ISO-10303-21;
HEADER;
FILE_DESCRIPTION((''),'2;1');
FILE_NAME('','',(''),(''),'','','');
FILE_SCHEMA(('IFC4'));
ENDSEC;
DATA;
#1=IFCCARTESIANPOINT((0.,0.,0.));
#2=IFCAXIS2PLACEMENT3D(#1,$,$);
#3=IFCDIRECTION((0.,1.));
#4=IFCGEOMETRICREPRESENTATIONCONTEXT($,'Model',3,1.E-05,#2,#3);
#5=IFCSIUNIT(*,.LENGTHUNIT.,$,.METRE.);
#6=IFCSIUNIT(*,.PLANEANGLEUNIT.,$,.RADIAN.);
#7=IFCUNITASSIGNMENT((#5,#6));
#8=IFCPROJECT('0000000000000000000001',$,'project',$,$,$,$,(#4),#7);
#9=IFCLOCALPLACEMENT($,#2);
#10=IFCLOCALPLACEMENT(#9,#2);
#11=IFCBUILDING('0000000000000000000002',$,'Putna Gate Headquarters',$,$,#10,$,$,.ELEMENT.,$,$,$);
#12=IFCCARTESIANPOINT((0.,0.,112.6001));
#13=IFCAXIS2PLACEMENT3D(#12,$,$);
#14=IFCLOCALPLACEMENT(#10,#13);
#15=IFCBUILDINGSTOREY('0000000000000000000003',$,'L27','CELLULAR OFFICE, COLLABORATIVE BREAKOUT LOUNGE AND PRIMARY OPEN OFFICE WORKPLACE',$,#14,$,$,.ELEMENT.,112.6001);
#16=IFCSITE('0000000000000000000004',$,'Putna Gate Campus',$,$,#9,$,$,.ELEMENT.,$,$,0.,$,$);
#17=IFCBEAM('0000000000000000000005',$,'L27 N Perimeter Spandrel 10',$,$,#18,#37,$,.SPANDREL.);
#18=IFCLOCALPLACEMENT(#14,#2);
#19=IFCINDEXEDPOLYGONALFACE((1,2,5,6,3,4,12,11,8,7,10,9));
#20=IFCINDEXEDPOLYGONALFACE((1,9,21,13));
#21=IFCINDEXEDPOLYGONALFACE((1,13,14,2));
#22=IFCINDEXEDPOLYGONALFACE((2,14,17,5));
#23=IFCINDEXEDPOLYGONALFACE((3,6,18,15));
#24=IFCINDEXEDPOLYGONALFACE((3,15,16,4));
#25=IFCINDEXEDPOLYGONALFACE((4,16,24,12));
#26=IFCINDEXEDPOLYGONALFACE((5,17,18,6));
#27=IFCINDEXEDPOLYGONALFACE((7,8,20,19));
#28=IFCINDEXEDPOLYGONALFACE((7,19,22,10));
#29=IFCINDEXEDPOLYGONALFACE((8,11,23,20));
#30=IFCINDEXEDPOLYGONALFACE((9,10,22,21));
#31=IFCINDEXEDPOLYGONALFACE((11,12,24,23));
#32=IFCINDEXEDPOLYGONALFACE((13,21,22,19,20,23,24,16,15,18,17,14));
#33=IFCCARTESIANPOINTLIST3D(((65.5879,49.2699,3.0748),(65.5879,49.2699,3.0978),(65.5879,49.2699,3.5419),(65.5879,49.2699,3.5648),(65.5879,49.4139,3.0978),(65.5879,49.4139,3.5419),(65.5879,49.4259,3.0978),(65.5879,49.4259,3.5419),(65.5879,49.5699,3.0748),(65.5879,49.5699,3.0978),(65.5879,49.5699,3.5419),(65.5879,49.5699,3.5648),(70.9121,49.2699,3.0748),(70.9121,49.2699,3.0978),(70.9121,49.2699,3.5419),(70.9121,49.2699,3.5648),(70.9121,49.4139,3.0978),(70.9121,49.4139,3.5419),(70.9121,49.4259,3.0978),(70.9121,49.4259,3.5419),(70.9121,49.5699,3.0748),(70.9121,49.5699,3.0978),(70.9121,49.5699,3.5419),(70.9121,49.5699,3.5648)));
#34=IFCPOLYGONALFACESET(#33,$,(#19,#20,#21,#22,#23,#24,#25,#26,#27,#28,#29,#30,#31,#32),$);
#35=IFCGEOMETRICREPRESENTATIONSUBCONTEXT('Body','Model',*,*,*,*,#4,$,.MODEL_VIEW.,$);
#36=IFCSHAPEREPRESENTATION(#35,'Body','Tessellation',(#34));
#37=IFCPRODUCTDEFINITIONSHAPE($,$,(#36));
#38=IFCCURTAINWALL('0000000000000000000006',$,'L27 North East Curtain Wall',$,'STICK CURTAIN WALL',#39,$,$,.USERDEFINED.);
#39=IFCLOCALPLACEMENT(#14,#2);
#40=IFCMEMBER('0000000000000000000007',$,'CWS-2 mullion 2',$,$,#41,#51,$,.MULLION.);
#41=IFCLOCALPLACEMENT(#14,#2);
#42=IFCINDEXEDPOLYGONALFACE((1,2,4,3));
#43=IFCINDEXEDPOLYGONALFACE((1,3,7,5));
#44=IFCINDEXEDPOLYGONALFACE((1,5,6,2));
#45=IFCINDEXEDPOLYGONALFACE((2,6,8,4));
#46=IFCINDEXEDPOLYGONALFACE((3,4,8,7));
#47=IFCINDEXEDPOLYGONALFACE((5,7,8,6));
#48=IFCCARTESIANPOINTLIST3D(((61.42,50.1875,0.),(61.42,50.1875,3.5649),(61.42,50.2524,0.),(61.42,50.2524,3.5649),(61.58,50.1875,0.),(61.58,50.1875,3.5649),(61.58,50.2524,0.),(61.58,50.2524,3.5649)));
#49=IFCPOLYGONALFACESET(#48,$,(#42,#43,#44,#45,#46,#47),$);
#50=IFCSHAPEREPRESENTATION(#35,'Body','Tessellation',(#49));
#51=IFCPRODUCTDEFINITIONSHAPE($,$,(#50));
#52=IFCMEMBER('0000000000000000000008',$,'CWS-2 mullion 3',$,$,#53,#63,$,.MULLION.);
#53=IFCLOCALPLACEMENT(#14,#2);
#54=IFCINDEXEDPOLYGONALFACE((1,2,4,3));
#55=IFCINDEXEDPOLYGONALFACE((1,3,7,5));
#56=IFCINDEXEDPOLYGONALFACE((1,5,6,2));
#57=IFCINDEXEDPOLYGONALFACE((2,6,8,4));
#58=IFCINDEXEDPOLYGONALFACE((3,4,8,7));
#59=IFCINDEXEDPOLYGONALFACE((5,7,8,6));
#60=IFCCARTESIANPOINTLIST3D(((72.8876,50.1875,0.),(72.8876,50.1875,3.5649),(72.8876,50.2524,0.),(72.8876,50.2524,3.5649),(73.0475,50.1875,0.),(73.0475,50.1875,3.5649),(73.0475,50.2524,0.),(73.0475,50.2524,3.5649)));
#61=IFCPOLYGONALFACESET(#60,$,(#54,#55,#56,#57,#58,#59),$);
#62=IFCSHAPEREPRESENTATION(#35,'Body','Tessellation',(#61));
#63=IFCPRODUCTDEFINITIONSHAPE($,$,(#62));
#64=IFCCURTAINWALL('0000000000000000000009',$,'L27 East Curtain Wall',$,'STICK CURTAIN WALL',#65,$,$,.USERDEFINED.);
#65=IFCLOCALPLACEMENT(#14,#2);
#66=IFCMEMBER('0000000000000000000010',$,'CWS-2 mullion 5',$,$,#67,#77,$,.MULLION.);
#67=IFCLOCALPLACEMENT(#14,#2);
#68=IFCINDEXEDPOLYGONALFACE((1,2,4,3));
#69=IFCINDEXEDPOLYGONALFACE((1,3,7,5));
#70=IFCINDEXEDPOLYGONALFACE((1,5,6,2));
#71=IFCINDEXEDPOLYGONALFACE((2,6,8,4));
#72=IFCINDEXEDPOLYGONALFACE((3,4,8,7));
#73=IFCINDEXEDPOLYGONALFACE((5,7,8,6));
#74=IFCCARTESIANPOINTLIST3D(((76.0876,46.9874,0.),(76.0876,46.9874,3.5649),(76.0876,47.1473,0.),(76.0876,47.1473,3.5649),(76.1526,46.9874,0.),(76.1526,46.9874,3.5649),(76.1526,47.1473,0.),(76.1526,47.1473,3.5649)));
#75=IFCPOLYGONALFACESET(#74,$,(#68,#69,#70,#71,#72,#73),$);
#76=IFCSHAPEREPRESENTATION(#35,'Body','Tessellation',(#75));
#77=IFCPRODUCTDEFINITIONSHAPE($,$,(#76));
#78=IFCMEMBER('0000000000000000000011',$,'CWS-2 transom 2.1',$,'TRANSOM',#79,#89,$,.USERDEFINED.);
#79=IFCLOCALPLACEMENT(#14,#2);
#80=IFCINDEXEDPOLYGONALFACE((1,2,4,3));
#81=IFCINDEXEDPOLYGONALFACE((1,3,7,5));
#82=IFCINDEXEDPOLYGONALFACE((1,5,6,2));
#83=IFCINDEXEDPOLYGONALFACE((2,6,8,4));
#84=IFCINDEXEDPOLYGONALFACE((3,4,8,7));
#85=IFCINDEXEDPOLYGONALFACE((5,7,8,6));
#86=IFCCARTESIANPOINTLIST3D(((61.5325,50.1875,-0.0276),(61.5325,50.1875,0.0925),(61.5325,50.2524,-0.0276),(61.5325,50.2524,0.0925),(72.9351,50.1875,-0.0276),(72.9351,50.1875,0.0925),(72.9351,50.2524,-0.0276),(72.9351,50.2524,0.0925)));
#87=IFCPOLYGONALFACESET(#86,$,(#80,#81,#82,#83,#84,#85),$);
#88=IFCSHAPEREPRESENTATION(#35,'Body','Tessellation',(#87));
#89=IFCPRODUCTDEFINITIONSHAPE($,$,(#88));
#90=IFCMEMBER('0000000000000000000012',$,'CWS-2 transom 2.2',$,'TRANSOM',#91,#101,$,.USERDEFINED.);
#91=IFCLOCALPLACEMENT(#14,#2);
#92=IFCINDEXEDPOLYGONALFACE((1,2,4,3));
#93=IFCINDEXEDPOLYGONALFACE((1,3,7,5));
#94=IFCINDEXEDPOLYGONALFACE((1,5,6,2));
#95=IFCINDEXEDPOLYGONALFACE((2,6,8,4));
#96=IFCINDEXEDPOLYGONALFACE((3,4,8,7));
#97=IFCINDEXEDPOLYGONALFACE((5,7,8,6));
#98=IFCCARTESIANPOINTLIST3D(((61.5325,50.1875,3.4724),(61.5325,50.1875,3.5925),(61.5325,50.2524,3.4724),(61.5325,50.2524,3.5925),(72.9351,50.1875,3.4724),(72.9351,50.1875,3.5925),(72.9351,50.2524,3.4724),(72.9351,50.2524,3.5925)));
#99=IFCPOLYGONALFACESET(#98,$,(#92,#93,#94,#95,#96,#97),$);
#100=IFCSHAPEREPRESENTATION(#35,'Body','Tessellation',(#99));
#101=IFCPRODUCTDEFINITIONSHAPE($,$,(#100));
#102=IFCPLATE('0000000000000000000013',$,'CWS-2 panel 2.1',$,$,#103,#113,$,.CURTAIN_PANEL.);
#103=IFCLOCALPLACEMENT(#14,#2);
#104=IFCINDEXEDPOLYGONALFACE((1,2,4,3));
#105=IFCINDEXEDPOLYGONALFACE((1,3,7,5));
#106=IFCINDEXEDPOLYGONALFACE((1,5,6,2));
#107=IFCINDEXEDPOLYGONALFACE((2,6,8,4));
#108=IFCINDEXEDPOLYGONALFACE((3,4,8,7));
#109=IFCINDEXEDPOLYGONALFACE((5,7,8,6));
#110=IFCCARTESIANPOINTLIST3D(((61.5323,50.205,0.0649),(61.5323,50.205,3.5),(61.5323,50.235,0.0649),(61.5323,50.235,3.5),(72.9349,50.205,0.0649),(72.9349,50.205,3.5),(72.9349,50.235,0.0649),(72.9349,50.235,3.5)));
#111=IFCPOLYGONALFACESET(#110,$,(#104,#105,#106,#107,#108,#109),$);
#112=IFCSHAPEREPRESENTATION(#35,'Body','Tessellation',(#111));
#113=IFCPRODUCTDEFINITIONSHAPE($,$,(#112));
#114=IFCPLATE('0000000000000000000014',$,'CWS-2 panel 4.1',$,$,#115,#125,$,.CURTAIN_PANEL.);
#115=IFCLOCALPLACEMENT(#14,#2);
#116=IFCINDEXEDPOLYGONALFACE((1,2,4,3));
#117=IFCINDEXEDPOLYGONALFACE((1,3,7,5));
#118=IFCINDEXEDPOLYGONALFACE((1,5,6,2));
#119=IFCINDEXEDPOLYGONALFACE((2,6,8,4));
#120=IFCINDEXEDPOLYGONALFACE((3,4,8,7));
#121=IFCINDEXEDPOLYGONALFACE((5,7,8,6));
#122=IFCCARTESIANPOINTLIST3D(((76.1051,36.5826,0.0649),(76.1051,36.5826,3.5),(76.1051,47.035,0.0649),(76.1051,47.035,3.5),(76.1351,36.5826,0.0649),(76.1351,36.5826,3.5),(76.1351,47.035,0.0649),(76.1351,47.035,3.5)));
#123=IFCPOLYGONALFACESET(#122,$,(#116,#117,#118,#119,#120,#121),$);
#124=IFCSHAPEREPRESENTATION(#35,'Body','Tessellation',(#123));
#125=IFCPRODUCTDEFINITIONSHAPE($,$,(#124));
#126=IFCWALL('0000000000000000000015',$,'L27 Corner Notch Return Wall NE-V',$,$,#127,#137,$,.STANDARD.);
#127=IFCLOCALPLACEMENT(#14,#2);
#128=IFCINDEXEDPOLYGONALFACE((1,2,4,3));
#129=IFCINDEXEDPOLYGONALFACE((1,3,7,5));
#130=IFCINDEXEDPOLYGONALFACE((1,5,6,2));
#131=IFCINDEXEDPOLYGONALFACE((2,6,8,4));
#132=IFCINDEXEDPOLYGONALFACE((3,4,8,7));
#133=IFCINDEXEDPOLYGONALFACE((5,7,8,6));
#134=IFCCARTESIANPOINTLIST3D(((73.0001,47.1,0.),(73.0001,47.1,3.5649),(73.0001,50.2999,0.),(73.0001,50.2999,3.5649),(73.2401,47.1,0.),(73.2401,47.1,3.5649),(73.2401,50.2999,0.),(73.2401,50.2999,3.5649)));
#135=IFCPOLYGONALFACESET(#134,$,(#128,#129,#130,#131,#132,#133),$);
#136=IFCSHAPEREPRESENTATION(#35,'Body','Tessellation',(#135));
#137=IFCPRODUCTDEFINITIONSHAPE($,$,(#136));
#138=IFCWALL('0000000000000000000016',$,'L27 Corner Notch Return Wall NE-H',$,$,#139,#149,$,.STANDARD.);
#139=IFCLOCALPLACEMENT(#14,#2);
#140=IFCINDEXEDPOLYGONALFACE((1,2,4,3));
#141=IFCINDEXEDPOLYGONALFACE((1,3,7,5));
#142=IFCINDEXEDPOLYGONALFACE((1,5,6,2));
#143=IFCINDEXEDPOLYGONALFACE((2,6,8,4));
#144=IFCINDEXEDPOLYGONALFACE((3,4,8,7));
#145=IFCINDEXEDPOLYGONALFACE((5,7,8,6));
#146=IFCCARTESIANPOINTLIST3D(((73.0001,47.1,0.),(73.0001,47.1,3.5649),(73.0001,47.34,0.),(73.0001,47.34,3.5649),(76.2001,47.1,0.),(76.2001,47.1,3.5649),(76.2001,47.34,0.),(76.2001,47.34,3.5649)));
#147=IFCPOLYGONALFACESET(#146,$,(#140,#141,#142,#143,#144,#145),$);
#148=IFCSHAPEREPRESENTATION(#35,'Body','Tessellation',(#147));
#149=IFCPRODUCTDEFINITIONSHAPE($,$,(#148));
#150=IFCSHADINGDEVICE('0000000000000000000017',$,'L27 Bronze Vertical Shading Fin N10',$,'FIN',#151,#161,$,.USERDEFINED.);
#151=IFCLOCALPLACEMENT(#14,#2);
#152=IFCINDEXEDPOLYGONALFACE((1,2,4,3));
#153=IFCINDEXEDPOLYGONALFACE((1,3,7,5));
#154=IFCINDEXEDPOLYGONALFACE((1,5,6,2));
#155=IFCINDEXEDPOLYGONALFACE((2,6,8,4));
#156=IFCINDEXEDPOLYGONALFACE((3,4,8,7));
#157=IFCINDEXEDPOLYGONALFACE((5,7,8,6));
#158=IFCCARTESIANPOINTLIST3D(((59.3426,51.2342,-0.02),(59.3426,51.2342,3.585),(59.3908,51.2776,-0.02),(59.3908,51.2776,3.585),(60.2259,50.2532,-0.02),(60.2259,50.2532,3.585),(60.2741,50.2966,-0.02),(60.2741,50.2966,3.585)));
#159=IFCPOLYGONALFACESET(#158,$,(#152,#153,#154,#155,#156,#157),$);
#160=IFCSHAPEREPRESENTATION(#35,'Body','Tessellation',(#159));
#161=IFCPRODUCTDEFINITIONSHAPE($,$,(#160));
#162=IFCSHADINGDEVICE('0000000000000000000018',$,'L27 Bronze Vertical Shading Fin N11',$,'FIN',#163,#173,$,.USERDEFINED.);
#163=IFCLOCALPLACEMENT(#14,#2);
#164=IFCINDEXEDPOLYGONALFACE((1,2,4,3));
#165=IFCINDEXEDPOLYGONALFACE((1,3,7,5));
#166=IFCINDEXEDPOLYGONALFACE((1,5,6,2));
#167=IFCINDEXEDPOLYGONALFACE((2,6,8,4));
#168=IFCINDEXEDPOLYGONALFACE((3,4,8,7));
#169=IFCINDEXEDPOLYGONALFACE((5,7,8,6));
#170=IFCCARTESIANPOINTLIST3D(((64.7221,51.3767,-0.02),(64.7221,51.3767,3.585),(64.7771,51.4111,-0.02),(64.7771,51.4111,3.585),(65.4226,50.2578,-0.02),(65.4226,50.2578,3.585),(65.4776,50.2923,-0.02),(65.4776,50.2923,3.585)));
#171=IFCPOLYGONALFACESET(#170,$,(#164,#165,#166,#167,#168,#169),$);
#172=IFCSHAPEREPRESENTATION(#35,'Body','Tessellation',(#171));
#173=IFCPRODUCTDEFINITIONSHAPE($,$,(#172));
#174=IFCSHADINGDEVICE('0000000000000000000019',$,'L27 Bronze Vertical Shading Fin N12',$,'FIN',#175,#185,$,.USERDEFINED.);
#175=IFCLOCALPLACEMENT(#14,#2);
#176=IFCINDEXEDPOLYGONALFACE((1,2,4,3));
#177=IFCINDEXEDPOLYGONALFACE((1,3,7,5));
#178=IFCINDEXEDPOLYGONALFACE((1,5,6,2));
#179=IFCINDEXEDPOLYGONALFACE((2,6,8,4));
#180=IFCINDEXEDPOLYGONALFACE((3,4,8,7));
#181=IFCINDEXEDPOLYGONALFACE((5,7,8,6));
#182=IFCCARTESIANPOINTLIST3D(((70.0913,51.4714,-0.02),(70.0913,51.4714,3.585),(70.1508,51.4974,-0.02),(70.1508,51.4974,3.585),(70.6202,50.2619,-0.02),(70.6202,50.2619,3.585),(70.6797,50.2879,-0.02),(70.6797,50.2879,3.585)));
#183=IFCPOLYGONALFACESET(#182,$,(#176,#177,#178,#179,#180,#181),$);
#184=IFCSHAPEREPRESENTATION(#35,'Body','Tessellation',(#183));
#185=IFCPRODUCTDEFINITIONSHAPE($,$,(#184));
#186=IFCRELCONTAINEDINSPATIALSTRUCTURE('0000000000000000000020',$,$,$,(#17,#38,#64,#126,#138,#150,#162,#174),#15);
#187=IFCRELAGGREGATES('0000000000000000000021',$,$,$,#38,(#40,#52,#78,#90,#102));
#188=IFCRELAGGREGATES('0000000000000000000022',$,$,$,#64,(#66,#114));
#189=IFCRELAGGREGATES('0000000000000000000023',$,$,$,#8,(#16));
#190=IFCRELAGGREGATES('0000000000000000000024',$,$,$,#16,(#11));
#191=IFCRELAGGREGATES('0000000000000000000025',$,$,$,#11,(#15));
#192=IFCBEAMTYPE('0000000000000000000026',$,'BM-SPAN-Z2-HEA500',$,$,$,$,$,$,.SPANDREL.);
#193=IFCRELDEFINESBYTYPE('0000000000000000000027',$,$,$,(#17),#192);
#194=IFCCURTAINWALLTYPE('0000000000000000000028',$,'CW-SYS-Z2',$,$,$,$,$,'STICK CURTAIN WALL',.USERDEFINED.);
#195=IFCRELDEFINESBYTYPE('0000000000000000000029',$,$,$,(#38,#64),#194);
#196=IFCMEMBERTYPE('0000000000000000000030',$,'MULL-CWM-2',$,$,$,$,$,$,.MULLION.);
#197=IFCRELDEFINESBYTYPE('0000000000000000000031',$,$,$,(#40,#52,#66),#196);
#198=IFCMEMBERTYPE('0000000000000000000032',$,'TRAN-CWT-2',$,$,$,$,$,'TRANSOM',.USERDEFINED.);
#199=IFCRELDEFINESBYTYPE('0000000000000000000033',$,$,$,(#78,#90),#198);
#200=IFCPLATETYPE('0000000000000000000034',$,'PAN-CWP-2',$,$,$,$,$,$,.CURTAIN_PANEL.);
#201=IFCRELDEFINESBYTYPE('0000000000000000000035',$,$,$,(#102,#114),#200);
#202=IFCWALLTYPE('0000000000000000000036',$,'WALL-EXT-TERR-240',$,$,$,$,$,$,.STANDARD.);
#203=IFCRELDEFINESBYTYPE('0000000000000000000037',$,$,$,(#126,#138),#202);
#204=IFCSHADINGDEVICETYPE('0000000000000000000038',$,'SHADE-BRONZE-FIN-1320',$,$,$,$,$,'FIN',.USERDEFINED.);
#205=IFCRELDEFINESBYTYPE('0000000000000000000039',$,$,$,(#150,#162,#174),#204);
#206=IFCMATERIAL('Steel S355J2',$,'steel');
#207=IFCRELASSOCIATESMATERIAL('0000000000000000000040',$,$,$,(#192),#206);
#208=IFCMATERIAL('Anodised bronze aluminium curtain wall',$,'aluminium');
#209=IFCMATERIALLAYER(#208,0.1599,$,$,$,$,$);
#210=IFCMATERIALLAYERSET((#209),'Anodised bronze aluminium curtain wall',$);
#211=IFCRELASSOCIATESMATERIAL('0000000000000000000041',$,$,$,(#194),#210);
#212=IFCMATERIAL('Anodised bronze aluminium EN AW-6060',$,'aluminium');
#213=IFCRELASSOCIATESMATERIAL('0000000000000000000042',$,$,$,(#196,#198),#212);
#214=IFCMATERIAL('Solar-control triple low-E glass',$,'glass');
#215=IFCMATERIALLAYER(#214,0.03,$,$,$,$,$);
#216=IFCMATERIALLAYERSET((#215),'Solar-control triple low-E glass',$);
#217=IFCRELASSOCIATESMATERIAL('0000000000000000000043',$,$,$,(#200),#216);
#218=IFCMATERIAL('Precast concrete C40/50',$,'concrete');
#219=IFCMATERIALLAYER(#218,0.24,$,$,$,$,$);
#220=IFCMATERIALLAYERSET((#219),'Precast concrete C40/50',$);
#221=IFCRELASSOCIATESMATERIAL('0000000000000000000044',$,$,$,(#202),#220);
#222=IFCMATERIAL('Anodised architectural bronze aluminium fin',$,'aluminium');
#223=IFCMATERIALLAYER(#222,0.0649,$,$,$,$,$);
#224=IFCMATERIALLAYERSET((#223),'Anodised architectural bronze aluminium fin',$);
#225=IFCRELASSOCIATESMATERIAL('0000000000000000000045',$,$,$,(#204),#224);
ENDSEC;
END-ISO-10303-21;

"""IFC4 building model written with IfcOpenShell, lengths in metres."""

from ifc_helpers import new_model, si_unit, direction, frame, frame_2d, origin, origin_2d, place, context, subcontext, project, spatial, rectangle, i_section, extrude, material, layer, layer_set, material_profile, profile_set, type_object, element, aggregate, save


model = new_model("IFC4")

# Units and contexts
model_context = context("Model", 3, precision=1e-05, world=origin(), true_north=direction((0.0, 1.0)))
body_context = subcontext(model_context, "Body", "Model", "MODEL_VIEW")
ifc_project = project(units=[si_unit("LENGTHUNIT", "METRE"), si_unit("PLANEANGLEUNIT", "RADIAN")], contexts=[model_context])

# Site, building, storey
site_placement = place(None, origin())
site = spatial("IfcSite", under=ifc_project, at=site_placement, Name="Putna Gate Campus", CompositionType="ELEMENT", RefElevation=0.0)
building_placement = place(site_placement, origin())
building = spatial("IfcBuilding", under=site, at=building_placement, Name="Putna Gate Headquarters", CompositionType="ELEMENT")
storey_placement = place(building_placement, frame((0.0, 0.0, 112.6001)))
storey = spatial("IfcBuildingStorey", under=building, at=storey_placement, Name="L27", Description="CELLULAR OFFICE, COLLABORATIVE BREAKOUT LOUNGE AND PRIMARY OPEN OFFICE WORKPLACE", CompositionType="ELEMENT", Elevation=112.6001)

# Beam
ifc_material_1 = material(Name="Steel S355J2", Category="steel")
ifc_material_profile_1 = material_profile(ifc_material_1, i_section(OverallWidth=0.3, OverallDepth=0.49, WebThickness=0.012, FlangeThickness=0.0229, at=origin_2d()), Name="Steel S355J2")
ifc_profile_set_1 = profile_set([ifc_material_profile_1], Name="Steel S355J2")
beam_type_1 = type_object("IfcBeamType", Name="BM-SPAN-Z2-HEA500", PredefinedType="SPANDREL", material=ifc_profile_set_1)
for number, where, z_axis, x_axis, name in (
    (1, (65.5879, 49.4199, 3.3198), (1.0, 0.0, 0.0), (0.0, 1.0, 0.0), "L27 N Perimeter Spandrel 10"),
):
    element("IfcBeam", number, at=place(storey_placement, frame(where, z_axis=z_axis, x_axis=x_axis)), inside=storey, type_object=beam_type_1, Name=name, PredefinedType="SPANDREL", context=body_context, shape_type="SweptSolid", body=[
        extrude(i_section(OverallWidth=0.3, OverallDepth=0.49, WebThickness=0.012, FlangeThickness=0.0229, at=origin_2d()), origin(), (0.0, 0.0, 1.0), 5.3242),
    ])

# Curtain wall, members
ifc_material_2 = material(Name="Anodised bronze aluminium curtain wall", Category="aluminium")
ifc_layer_1 = layer(ifc_material_2, 0.1599)
ifc_layer_set_1 = layer_set([ifc_layer_1], Name="Anodised bronze aluminium curtain wall")
curtain_wall_type = type_object("IfcCurtainWallType", Name="CW-SYS-Z2", ElementType="STICK CURTAIN WALL", PredefinedType="USERDEFINED", material=ifc_layer_set_1)
curtain_wall_1_placement = place(storey_placement, origin())
curtain_wall_1 = element("IfcCurtainWall", 2, at=curtain_wall_1_placement, inside=storey, type_object=curtain_wall_type, Name="L27 North East Curtain Wall", ObjectType="STICK CURTAIN WALL", PredefinedType="USERDEFINED")
ifc_material_3 = material(Name="Anodised bronze aluminium EN AW-6060", Category="aluminium")
ifc_material_profile_2 = material_profile(ifc_material_3, rectangle(XDim=0.0649, YDim=0.1599, at=origin_2d()), Name="Anodised bronze aluminium EN AW-6060")
ifc_profile_set_2 = profile_set([ifc_material_profile_2], Name="Anodised bronze aluminium EN AW-6060")
member_type_1 = type_object("IfcMemberType", Name="MULL-CWM-2", PredefinedType="MULLION", material=ifc_profile_set_2)
member_1_placement = place(storey_placement, frame((61.5, 50.22, 0.0), z_axis=(0.0, 0.0, 1.0), x_axis=(0.0, 1.0, 0.0)))
member_1 = element("IfcMember", 3, at=member_1_placement, type_object=member_type_1, Name="CWS-2 mullion 2", PredefinedType="MULLION", context=body_context, shape_type="SweptSolid", body=[
    extrude(rectangle(XDim=0.0649, YDim=0.1599, at=origin_2d()), origin(), (0.0, 0.0, 1.0), 3.5649),
])
member_2_placement = place(storey_placement, frame((72.9675, 50.22, 0.0), z_axis=(0.0, 0.0, 1.0), x_axis=(0.0, 1.0, 0.0)))
member_2 = element("IfcMember", 4, at=member_2_placement, type_object=member_type_1, Name="CWS-2 mullion 3", PredefinedType="MULLION", context=body_context, shape_type="SweptSolid", body=[
    extrude(rectangle(XDim=0.0649, YDim=0.1599, at=origin_2d()), origin(), (0.0, 0.0, 1.0), 3.5649),
])

# Curtain wall, member
curtain_wall_2_placement = place(storey_placement, origin())
curtain_wall_2 = element("IfcCurtainWall", 5, at=curtain_wall_2_placement, inside=storey, type_object=curtain_wall_type, Name="L27 East Curtain Wall", ObjectType="STICK CURTAIN WALL", PredefinedType="USERDEFINED")
member_3_placement = place(storey_placement, frame((76.1201, 47.0674, 0.0), z_axis=(0.0, 0.0, 1.0), x_axis=(-1.0, 0.0, 0.0)))
member_3 = element("IfcMember", 6, at=member_3_placement, type_object=member_type_1, Name="CWS-2 mullion 5", PredefinedType="MULLION", context=body_context, shape_type="SweptSolid", body=[
    extrude(rectangle(XDim=0.0649, YDim=0.1599, at=origin_2d()), origin(), (0.0, 0.0, 1.0), 3.5649),
])

# Members
ifc_material_profile_3 = material_profile(ifc_material_3, rectangle(XDim=0.0649, YDim=0.1201, at=origin_2d()), Name="Anodised bronze aluminium EN AW-6060")
ifc_profile_set_3 = profile_set([ifc_material_profile_3], Name="Anodised bronze aluminium EN AW-6060")
member_type_2 = type_object("IfcMemberType", Name="TRAN-CWT-2", ElementType="TRANSOM", PredefinedType="USERDEFINED", material=ifc_profile_set_3)
member_4_placement = place(storey_placement, frame((61.5325, 50.22, 0.0325), z_axis=(1.0, 0.0, 0.0), x_axis=(0.0, 1.0, 0.0)))
member_4 = element("IfcMember", 7, at=member_4_placement, type_object=member_type_2, Name="CWS-2 transom 2.1", ObjectType="TRANSOM", PredefinedType="USERDEFINED", context=body_context, shape_type="SweptSolid", body=[
    extrude(rectangle(XDim=0.0649, YDim=0.1201, at=origin_2d()), origin(), (0.0, 0.0, 1.0), 11.4026),
])
member_5_placement = place(storey_placement, frame((61.5325, 50.22, 3.5325), z_axis=(1.0, 0.0, 0.0), x_axis=(0.0, 1.0, 0.0)))
member_5 = element("IfcMember", 8, at=member_5_placement, type_object=member_type_2, Name="CWS-2 transom 2.2", ObjectType="TRANSOM", PredefinedType="USERDEFINED", context=body_context, shape_type="SweptSolid", body=[
    extrude(rectangle(XDim=0.0649, YDim=0.1201, at=origin_2d()), origin(), (0.0, 0.0, 1.0), 11.4026),
])

# Plates
ifc_material_4 = material(Name="Solar-control triple low-E glass", Category="glass")
ifc_layer_2 = layer(ifc_material_4, 0.03)
ifc_layer_set_2 = layer_set([ifc_layer_2], Name="Solar-control triple low-E glass")
plate_type = type_object("IfcPlateType", Name="PAN-CWP-2", PredefinedType="CURTAIN_PANEL", material=ifc_layer_set_2)
plate_1_placement = place(storey_placement, frame((67.2336, 50.22, 0.0649), z_axis=(0.0, 0.0, 1.0), x_axis=(1.0, 0.0, 0.0)))
plate_1 = element("IfcPlate", 9, at=plate_1_placement, type_object=plate_type, Name="CWS-2 panel 2.1", PredefinedType="CURTAIN_PANEL", context=body_context, shape_type="SweptSolid", body=[
    extrude(rectangle(XDim=11.4026, YDim=0.03, at=origin_2d()), origin(), (0.0, 0.0, 1.0), 3.4351),
])
aggregate(curtain_wall_1, [member_1, member_2, member_4, member_5, plate_1])
plate_2_placement = place(storey_placement, frame((76.1201, 41.8088, 0.0649), z_axis=(0.0, 0.0, 1.0), x_axis=(0.0, 1.0, 0.0)))
plate_2 = element("IfcPlate", 10, at=plate_2_placement, type_object=plate_type, Name="CWS-2 panel 4.1", PredefinedType="CURTAIN_PANEL", context=body_context, shape_type="SweptSolid", body=[
    extrude(rectangle(XDim=10.4524, YDim=0.03, at=origin_2d()), origin(), (0.0, 0.0, 1.0), 3.4351),
])
aggregate(curtain_wall_2, [member_3, plate_2])

# Walls
ifc_material_5 = material(Name="Precast concrete C40/50", Category="concrete")
ifc_layer_3 = layer(ifc_material_5, 0.24)
ifc_layer_set_3 = layer_set([ifc_layer_3], Name="Precast concrete C40/50")
wall_type = type_object("IfcWallType", Name="WALL-EXT-TERR-240", PredefinedType="STANDARD", material=ifc_layer_set_3)
for number, where, z_axis, x_axis, name in (
    (11, (73.1201, 50.3, 0.0), (0.0, 0.0, 1.0), (0.0, -1.0, 0.0), "L27 Corner Notch Return Wall NE-V"),
    (12, (73.0, 47.22, 0.0), (0.0, 0.0, 1.0), (1.0, 0.0, 0.0), "L27 Corner Notch Return Wall NE-H"),
):
    element("IfcWall", number, at=place(storey_placement, frame(where, z_axis=z_axis, x_axis=x_axis)), inside=storey, type_object=wall_type, Name=name, PredefinedType="STANDARD", context=body_context, shape_type="SweptSolid", body=[
        extrude(rectangle(XDim=3.2, YDim=0.24, at=frame_2d((1.6001, 0.0))), origin(), (0.0, 0.0, 1.0), 3.5649),
    ])

# Shading devices
ifc_material_6 = material(Name="Anodised architectural bronze aluminium fin", Category="aluminium")
ifc_layer_4 = layer(ifc_material_6, 0.0649)
ifc_layer_set_4 = layer_set([ifc_layer_4], Name="Anodised architectural bronze aluminium fin")
shading_device_type = type_object("IfcShadingDeviceType", Name="SHADE-BRONZE-FIN-1320", ElementType="FIN", PredefinedType="USERDEFINED", material=ifc_layer_set_4)
for number, where, z_axis, x_axis, name in (
    (13, (59.8083, 50.7654, -0.02), (0.0, 0.0, 1.0), (-0.669131, 0.743145, 0.0), "L27 Bronze Vertical Shading Fin N10"),
    (14, (65.0999, 50.8345, -0.02), (0.0, 0.0, 1.0), (-0.530659, 0.847585, 0.0), "L27 Bronze Vertical Shading Fin N11"),
    (15, (70.3855, 50.8796, -0.02), (0.0, 0.0, 1.0), (-0.400669, 0.916223, 0.0), "L27 Bronze Vertical Shading Fin N12"),
):
    element("IfcShadingDevice", number, at=place(storey_placement, frame(where, z_axis=z_axis, x_axis=x_axis)), inside=storey, type_object=shading_device_type, Name=name, ObjectType="FIN", PredefinedType="USERDEFINED", context=body_context, shape_type="SweptSolid", body=[
        extrude(rectangle(XDim=1.3201, YDim=0.0649, at=origin_2d()), origin(), (0.0, 0.0, 1.0), 3.605),
    ])

save(model, "model.ifc")
